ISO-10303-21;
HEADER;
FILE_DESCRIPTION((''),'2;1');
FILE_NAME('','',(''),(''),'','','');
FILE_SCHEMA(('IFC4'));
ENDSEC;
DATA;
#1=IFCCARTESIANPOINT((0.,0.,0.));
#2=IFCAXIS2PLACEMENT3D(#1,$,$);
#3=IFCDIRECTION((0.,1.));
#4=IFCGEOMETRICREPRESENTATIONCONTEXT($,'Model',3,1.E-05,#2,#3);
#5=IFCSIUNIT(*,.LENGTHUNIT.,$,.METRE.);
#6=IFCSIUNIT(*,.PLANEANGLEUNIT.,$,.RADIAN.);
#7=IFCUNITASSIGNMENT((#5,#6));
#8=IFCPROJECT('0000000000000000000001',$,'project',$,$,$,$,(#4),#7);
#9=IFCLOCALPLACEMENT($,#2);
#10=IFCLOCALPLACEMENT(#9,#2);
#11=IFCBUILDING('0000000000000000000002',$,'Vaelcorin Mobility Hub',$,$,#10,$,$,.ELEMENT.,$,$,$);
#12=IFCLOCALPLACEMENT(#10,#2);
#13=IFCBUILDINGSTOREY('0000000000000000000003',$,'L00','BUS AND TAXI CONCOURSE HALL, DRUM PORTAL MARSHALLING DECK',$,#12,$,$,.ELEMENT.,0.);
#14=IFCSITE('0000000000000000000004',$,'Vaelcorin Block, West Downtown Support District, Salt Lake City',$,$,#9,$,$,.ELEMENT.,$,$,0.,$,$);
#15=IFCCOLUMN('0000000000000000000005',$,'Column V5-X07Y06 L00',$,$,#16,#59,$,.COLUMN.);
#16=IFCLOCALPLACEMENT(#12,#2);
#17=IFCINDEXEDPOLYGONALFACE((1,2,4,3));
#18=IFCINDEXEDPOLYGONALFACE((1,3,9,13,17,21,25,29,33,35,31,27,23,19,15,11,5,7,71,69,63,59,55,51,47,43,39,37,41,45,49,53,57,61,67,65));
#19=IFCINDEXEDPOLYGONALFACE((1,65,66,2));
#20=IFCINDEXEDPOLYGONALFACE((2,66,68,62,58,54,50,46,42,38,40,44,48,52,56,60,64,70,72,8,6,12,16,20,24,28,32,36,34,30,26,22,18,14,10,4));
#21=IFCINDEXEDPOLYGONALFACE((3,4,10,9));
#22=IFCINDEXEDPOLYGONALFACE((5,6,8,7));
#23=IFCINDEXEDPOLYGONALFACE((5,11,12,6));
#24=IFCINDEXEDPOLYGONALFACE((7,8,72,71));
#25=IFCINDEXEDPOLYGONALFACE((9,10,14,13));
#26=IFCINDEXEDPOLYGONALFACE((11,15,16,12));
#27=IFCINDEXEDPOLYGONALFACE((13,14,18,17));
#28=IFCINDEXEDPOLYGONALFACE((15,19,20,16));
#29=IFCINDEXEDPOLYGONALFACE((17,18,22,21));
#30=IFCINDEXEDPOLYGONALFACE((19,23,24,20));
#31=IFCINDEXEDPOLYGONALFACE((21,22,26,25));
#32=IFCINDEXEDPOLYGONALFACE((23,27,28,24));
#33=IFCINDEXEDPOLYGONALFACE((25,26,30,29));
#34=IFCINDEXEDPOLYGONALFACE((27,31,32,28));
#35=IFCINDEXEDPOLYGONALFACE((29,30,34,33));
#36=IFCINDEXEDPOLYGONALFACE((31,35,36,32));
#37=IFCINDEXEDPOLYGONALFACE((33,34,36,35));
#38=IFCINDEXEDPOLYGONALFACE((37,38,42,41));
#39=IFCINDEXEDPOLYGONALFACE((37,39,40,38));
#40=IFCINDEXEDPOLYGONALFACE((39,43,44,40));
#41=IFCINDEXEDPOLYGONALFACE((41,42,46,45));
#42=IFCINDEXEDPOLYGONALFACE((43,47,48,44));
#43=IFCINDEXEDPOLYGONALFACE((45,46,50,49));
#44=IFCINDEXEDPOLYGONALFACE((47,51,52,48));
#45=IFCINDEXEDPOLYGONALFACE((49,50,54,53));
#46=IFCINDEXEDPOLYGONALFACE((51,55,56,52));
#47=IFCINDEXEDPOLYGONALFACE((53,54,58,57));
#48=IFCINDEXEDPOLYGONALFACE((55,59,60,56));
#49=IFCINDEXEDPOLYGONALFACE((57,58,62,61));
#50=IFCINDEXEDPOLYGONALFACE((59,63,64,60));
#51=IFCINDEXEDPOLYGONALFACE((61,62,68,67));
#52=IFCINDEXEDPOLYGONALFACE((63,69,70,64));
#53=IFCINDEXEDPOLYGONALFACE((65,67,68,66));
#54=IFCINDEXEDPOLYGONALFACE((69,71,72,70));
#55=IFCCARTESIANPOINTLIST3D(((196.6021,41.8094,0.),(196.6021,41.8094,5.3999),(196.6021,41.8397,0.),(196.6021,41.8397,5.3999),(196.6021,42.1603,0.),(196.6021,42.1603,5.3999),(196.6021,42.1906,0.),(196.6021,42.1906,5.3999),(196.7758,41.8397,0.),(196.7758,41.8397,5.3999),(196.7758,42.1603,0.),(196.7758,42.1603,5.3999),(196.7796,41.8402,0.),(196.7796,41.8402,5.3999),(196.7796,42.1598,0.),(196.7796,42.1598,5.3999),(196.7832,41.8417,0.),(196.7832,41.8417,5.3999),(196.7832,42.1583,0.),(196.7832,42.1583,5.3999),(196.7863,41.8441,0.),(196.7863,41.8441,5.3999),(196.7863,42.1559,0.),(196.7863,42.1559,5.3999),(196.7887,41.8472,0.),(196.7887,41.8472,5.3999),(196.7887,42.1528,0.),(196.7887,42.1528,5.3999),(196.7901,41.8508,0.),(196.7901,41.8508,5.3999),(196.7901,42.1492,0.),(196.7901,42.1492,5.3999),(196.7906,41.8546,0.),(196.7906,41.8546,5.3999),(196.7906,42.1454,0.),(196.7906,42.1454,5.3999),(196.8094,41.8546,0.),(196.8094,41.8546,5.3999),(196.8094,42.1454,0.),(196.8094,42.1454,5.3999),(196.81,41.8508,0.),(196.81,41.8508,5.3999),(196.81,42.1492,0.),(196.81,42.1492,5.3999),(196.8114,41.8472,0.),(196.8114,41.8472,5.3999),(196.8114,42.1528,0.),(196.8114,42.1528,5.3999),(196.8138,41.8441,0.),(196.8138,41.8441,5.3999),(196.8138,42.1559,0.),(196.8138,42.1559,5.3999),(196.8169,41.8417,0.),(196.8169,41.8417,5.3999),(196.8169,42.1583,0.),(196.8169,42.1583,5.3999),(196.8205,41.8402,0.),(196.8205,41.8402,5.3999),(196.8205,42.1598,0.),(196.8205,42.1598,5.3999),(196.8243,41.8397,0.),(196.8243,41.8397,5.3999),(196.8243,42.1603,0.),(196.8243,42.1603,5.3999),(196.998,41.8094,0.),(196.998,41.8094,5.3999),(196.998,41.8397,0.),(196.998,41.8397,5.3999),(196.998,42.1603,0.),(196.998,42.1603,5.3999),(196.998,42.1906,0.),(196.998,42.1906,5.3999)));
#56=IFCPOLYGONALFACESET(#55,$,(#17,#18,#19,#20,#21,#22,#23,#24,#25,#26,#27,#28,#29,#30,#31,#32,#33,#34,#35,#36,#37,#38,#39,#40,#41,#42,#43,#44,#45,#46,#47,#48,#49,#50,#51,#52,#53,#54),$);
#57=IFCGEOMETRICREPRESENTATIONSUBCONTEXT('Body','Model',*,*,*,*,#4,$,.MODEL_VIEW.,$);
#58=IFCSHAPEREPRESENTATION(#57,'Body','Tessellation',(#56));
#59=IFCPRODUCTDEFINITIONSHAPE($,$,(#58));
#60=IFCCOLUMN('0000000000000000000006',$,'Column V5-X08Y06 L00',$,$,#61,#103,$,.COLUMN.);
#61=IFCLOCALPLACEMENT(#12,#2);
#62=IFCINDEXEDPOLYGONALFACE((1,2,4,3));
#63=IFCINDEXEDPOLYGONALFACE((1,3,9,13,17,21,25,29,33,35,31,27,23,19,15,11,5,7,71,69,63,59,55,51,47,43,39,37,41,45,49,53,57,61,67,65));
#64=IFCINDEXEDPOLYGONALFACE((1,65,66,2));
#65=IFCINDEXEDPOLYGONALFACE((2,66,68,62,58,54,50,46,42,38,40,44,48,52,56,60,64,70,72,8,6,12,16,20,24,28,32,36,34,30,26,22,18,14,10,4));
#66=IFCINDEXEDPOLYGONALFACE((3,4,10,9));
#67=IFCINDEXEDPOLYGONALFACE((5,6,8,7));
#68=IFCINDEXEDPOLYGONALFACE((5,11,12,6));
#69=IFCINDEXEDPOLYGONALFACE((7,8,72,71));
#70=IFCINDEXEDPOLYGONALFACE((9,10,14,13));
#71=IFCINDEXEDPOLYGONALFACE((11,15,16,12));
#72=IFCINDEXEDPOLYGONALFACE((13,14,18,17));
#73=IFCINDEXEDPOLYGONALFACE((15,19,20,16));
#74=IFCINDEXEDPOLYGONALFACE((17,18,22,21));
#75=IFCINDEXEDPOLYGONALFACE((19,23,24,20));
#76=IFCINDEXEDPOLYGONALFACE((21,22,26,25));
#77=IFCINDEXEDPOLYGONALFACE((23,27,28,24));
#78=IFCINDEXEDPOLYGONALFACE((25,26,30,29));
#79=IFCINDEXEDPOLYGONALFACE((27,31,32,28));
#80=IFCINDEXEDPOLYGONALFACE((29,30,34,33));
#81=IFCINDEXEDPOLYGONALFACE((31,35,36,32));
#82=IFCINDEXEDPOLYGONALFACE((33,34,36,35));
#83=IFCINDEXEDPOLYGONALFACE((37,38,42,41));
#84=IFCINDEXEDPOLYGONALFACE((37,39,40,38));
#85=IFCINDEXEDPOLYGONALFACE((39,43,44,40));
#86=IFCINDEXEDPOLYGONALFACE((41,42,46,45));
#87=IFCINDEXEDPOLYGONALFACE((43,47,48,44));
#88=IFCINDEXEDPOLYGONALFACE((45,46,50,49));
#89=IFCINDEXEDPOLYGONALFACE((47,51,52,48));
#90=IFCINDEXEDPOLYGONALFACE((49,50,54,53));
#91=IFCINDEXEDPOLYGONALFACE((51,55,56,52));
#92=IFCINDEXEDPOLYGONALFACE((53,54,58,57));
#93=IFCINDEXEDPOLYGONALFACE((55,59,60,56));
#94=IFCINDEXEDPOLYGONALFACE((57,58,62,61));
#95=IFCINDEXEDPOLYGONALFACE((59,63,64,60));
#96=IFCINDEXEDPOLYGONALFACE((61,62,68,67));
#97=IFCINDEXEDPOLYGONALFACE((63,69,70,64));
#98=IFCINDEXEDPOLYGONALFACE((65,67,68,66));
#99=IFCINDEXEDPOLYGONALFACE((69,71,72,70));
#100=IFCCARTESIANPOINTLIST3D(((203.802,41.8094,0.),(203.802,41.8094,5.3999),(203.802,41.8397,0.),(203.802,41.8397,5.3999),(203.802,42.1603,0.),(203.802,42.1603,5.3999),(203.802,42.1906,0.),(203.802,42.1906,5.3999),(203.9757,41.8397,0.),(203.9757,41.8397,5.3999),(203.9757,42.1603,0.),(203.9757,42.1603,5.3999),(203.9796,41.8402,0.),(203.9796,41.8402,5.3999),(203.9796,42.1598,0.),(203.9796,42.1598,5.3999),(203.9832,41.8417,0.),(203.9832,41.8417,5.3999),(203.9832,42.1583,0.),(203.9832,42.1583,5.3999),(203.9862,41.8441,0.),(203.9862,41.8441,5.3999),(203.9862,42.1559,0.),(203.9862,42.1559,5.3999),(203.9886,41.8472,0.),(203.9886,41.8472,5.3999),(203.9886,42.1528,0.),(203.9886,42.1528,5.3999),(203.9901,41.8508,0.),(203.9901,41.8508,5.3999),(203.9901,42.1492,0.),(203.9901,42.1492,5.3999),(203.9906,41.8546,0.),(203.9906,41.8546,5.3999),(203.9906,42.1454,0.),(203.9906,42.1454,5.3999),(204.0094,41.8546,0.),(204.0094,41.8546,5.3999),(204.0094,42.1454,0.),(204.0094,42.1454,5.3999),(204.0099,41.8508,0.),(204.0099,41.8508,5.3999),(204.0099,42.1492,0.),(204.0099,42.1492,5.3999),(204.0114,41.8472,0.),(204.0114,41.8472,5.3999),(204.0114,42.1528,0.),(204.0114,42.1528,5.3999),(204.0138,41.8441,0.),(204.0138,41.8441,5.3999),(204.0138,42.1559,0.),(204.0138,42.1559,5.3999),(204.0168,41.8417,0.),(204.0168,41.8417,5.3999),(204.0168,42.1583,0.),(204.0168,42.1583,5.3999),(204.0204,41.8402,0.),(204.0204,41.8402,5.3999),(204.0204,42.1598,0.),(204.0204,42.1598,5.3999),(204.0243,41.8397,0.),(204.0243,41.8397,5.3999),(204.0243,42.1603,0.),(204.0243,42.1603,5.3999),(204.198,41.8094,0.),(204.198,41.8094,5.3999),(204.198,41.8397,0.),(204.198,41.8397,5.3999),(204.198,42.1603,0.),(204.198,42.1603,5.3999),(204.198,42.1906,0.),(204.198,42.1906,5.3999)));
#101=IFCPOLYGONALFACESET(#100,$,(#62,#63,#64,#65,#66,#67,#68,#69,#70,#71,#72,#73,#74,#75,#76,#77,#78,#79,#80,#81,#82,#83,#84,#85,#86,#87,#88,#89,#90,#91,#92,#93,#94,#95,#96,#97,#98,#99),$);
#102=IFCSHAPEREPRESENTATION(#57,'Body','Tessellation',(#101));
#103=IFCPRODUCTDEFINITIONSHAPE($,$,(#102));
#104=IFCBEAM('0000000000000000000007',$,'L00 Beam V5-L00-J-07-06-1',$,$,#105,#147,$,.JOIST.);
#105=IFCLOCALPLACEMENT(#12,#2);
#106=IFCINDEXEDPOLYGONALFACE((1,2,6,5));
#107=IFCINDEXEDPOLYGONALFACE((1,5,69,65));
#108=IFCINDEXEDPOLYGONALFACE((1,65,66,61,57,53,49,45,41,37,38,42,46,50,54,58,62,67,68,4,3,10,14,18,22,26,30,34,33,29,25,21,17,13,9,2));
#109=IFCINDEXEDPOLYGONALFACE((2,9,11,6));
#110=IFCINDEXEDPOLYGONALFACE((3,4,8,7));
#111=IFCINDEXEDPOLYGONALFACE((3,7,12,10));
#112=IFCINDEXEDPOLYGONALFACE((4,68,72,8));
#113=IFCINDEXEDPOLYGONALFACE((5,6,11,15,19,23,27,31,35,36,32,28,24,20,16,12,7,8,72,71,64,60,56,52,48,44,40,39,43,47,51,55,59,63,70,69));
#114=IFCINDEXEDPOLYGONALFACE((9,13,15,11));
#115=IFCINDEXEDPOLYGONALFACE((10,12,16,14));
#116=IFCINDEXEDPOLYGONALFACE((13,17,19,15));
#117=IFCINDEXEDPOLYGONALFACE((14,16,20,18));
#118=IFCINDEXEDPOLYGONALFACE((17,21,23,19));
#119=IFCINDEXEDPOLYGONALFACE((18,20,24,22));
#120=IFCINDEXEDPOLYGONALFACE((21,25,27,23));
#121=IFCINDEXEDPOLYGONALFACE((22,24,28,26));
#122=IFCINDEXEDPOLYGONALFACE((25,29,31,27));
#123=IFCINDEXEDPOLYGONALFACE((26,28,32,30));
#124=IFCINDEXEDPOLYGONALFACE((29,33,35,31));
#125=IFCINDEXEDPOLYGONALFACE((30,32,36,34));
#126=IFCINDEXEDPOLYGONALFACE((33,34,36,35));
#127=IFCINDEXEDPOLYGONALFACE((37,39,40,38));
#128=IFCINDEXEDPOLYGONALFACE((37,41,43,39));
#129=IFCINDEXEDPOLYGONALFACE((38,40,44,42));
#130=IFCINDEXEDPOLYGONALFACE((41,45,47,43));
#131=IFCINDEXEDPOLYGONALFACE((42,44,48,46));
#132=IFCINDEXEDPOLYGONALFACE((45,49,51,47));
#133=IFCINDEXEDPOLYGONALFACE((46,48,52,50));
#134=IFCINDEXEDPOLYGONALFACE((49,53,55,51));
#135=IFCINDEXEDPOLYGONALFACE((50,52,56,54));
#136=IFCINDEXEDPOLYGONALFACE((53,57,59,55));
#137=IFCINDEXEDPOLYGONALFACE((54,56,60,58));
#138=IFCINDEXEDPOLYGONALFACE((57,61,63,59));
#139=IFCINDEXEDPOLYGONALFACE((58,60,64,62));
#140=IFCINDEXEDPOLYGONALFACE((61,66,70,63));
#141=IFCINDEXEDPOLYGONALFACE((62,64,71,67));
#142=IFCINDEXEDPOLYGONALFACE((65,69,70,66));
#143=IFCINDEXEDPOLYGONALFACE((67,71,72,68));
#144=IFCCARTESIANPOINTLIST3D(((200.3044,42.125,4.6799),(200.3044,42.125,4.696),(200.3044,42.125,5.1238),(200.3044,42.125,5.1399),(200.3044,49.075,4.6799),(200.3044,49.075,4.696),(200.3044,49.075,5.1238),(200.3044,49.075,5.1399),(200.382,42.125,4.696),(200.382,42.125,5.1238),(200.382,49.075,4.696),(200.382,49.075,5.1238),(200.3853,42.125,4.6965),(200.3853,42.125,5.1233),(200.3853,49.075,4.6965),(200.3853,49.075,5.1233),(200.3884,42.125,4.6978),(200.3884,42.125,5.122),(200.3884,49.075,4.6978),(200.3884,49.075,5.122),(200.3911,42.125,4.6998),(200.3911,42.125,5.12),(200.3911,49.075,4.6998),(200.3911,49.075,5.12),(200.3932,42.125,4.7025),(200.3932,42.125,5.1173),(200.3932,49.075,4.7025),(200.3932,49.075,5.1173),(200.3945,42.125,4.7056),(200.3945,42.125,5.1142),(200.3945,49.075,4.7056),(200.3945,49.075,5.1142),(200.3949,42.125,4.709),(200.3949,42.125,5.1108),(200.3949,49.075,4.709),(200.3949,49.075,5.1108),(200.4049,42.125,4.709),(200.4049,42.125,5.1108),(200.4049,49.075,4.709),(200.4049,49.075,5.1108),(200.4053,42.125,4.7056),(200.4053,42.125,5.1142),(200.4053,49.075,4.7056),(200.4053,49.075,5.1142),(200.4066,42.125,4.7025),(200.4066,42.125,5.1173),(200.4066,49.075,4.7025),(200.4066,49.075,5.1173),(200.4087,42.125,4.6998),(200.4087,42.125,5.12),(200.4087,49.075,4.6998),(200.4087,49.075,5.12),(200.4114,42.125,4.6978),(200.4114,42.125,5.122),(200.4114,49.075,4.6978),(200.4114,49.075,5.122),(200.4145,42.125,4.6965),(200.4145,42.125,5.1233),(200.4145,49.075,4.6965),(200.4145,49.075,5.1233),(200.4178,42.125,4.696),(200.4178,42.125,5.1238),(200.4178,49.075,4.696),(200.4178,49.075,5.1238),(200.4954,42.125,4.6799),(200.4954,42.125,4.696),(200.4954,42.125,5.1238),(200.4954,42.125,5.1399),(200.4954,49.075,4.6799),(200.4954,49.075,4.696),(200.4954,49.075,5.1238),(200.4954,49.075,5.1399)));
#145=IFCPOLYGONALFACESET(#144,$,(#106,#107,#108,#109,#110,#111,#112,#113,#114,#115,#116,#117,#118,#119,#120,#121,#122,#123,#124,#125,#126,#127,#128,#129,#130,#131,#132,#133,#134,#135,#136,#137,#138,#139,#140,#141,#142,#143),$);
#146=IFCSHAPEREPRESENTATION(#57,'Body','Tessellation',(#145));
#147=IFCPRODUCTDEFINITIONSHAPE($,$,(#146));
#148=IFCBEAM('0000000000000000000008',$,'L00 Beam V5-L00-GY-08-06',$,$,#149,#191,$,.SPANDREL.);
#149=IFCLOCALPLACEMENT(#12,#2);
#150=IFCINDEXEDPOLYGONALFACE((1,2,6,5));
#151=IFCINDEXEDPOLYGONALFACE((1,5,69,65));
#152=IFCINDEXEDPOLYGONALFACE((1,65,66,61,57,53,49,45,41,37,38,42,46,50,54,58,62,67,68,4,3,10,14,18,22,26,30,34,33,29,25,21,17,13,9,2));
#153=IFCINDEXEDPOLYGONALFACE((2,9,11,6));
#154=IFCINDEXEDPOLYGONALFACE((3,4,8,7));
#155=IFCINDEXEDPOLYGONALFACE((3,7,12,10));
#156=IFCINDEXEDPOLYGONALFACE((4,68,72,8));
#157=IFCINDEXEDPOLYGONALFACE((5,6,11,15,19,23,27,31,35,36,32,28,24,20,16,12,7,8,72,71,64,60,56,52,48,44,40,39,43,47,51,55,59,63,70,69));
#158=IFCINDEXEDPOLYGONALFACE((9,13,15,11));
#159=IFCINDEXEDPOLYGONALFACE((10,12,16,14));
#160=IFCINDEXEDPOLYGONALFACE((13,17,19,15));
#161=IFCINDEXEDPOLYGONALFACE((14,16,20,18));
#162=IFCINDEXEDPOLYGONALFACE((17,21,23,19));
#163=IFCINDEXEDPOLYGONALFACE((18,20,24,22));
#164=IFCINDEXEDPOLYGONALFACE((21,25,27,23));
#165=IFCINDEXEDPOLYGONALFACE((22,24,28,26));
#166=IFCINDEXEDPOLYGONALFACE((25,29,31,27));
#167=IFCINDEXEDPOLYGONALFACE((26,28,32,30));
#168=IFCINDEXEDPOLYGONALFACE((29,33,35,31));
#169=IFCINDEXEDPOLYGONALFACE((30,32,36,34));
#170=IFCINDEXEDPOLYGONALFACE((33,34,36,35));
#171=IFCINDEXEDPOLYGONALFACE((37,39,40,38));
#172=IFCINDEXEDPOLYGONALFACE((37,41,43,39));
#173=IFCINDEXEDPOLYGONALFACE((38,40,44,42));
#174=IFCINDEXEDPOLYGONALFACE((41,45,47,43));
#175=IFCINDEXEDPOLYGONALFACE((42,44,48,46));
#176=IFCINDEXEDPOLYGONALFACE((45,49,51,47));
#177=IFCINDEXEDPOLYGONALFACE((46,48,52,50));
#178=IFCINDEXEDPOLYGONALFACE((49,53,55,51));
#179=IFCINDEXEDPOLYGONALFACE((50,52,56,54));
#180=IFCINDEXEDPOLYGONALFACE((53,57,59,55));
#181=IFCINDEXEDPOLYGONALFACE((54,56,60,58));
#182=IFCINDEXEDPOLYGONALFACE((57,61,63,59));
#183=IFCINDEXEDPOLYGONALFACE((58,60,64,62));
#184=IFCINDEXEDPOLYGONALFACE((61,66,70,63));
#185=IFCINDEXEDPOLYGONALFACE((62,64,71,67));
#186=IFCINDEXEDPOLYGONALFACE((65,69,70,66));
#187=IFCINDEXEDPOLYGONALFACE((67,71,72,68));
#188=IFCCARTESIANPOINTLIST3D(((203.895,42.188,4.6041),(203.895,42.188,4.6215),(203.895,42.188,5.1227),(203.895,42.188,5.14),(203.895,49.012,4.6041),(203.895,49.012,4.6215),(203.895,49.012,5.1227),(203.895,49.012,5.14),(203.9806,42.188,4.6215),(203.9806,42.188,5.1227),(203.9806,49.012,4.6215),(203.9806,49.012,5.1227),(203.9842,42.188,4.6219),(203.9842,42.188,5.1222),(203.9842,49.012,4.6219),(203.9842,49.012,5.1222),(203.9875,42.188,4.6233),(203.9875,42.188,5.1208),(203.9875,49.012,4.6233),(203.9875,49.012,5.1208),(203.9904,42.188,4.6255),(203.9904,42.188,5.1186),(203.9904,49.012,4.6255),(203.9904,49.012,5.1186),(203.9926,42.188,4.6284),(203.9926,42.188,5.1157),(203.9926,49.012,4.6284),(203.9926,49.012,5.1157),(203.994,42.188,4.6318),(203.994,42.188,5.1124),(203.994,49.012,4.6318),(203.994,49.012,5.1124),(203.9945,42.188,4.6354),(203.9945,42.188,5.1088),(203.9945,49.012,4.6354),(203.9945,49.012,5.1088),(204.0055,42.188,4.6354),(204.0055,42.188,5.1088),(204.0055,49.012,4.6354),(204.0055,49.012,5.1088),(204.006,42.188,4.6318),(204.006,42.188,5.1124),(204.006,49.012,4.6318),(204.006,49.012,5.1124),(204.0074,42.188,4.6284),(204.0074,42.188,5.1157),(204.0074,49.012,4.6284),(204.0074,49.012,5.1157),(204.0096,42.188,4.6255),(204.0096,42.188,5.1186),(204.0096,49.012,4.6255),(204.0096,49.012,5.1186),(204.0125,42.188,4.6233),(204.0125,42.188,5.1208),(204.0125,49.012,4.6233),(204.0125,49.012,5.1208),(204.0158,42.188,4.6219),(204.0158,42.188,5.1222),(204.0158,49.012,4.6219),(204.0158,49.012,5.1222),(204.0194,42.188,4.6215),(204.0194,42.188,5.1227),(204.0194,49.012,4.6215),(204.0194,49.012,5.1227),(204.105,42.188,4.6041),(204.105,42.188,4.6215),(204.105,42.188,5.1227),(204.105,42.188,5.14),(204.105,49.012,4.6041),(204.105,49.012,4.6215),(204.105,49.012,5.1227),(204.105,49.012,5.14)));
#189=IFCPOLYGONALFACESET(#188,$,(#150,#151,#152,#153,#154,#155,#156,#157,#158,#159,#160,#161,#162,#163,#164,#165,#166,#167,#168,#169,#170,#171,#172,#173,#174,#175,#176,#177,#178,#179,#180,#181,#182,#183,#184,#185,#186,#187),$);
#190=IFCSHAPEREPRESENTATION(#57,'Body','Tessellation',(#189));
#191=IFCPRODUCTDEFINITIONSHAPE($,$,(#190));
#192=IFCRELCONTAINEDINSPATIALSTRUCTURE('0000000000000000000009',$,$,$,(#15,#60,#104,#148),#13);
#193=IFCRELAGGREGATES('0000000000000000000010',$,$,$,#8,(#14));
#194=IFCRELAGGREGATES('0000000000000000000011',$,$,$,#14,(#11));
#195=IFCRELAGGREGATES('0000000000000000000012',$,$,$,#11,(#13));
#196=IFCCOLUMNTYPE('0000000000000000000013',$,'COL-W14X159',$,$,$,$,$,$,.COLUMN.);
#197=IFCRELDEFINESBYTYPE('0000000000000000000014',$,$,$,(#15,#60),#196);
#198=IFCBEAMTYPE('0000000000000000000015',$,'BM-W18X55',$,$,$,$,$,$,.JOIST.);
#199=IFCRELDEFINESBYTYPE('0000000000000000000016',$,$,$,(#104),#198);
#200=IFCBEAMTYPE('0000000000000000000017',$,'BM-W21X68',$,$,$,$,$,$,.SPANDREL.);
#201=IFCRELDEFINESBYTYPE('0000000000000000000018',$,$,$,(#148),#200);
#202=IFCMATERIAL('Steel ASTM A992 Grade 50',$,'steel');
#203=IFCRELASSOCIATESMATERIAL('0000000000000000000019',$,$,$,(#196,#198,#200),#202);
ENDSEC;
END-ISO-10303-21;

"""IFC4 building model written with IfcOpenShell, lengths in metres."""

from ifc_helpers import new_model, si_unit, direction, frame, origin, origin_2d, place, context, subcontext, project, spatial, i_section, extrude, material, material_profile, profile_set, type_object, element, save


model = new_model("IFC4")

# Units and contexts
model_context = context("Model", 3, precision=1e-05, world=origin(), true_north=direction((0.0, 1.0)))
body_context = subcontext(model_context, "Body", "Model", "MODEL_VIEW")
ifc_project = project(units=[si_unit("LENGTHUNIT", "METRE"), si_unit("PLANEANGLEUNIT", "RADIAN")], contexts=[model_context])

# Site, building, storey
site_placement = place(None, origin())
site = spatial("IfcSite", under=ifc_project, at=site_placement, Name="Vaelcorin Block, West Downtown Support District, Salt Lake City", CompositionType="ELEMENT", RefElevation=0.0)
building_placement = place(site_placement, origin())
building = spatial("IfcBuilding", under=site, at=building_placement, Name="Vaelcorin Mobility Hub", CompositionType="ELEMENT")
storey_placement = place(building_placement, origin())
storey = spatial("IfcBuildingStorey", under=building, at=storey_placement, Name="L00", Description="BUS AND TAXI CONCOURSE HALL, DRUM PORTAL MARSHALLING DECK", CompositionType="ELEMENT", Elevation=0.0)

# Columns
ifc_material_1 = material(Name="Steel ASTM A992 Grade 50", Category="steel")
ifc_material_profile_1 = material_profile(ifc_material_1, i_section(OverallWidth=0.396, OverallDepth=0.3811, WebThickness=0.0188, FlangeThickness=0.0303, FilletRadius=0.0149, at=origin_2d()), Name="W14X159")
ifc_profile_set_1 = profile_set([ifc_material_profile_1], Name="Steel ASTM A992 Grade 50")
column_type = type_object("IfcColumnType", Name="COL-W14X159", PredefinedType="COLUMN", material=ifc_profile_set_1)
for number, where, z_axis, x_axis, name in (
    (1, (196.8, 42.0, 0.0), (0.0, 0.0, 1.0), (1.0, 0.0, 0.0), "Column V5-X07Y06 L00"),
    (2, (204.0, 42.0, 0.0), (0.0, 0.0, 1.0), (1.0, 0.0, 0.0), "Column V5-X08Y06 L00"),
):
    element("IfcColumn", number, at=place(storey_placement, frame(where, z_axis=z_axis, x_axis=x_axis)), inside=storey, type_object=column_type, Name=name, PredefinedType="COLUMN", context=body_context, shape_type="SweptSolid", body=[
        extrude(i_section(OverallWidth=0.396, OverallDepth=0.3811, WebThickness=0.0188, FlangeThickness=0.0303, FilletRadius=0.0149, at=origin_2d()), origin(), (0.0, 0.0, 1.0), 5.3999),
    ])

# Beams
ifc_material_profile_2 = material_profile(ifc_material_1, i_section(OverallWidth=0.1909, OverallDepth=0.46, WebThickness=0.01, FlangeThickness=0.0161, FilletRadius=0.0129, at=origin_2d()), Name="W18X55")
ifc_profile_set_2 = profile_set([ifc_material_profile_2], Name="Steel ASTM A992 Grade 50")
beam_type_1 = type_object("IfcBeamType", Name="BM-W18X55", PredefinedType="JOIST", material=ifc_profile_set_2)
beam_1_placement = place(storey_placement, frame((200.3999, 42.125, 4.9099), z_axis=(0.0, 1.0, 0.0), x_axis=(-1.0, 0.0, 0.0)))
element("IfcBeam", 3, at=beam_1_placement, inside=storey, type_object=beam_type_1, Name="L00 Beam V5-L00-J-07-06-1", PredefinedType="JOIST", context=body_context, shape_type="SweptSolid", body=[
    extrude(i_section(OverallWidth=0.1909, OverallDepth=0.46, WebThickness=0.01, FlangeThickness=0.0161, FilletRadius=0.0129, at=origin_2d()), origin(), (0.0, 0.0, 1.0), 6.95),
])
ifc_material_profile_3 = material_profile(ifc_material_1, i_section(OverallWidth=0.21, OverallDepth=0.5359, WebThickness=0.011, FlangeThickness=0.0173, FilletRadius=0.0139, at=origin_2d()), Name="W21X68")
ifc_profile_set_3 = profile_set([ifc_material_profile_3], Name="Steel ASTM A992 Grade 50")
beam_type_2 = type_object("IfcBeamType", Name="BM-W21X68", PredefinedType="SPANDREL", material=ifc_profile_set_3)
beam_2_placement = place(storey_placement, frame((204.0, 42.188, 4.8721), z_axis=(0.0, 1.0, 0.0), x_axis=(-1.0, 0.0, 0.0)))
element("IfcBeam", 4, at=beam_2_placement, inside=storey, type_object=beam_type_2, Name="L00 Beam V5-L00-GY-08-06", PredefinedType="SPANDREL", context=body_context, shape_type="SweptSolid", body=[
    extrude(i_section(OverallWidth=0.21, OverallDepth=0.5359, WebThickness=0.011, FlangeThickness=0.0173, FilletRadius=0.0139, at=origin_2d()), origin(), (0.0, 0.0, 1.0), 6.824),
])

save(model, "model.ifc")
